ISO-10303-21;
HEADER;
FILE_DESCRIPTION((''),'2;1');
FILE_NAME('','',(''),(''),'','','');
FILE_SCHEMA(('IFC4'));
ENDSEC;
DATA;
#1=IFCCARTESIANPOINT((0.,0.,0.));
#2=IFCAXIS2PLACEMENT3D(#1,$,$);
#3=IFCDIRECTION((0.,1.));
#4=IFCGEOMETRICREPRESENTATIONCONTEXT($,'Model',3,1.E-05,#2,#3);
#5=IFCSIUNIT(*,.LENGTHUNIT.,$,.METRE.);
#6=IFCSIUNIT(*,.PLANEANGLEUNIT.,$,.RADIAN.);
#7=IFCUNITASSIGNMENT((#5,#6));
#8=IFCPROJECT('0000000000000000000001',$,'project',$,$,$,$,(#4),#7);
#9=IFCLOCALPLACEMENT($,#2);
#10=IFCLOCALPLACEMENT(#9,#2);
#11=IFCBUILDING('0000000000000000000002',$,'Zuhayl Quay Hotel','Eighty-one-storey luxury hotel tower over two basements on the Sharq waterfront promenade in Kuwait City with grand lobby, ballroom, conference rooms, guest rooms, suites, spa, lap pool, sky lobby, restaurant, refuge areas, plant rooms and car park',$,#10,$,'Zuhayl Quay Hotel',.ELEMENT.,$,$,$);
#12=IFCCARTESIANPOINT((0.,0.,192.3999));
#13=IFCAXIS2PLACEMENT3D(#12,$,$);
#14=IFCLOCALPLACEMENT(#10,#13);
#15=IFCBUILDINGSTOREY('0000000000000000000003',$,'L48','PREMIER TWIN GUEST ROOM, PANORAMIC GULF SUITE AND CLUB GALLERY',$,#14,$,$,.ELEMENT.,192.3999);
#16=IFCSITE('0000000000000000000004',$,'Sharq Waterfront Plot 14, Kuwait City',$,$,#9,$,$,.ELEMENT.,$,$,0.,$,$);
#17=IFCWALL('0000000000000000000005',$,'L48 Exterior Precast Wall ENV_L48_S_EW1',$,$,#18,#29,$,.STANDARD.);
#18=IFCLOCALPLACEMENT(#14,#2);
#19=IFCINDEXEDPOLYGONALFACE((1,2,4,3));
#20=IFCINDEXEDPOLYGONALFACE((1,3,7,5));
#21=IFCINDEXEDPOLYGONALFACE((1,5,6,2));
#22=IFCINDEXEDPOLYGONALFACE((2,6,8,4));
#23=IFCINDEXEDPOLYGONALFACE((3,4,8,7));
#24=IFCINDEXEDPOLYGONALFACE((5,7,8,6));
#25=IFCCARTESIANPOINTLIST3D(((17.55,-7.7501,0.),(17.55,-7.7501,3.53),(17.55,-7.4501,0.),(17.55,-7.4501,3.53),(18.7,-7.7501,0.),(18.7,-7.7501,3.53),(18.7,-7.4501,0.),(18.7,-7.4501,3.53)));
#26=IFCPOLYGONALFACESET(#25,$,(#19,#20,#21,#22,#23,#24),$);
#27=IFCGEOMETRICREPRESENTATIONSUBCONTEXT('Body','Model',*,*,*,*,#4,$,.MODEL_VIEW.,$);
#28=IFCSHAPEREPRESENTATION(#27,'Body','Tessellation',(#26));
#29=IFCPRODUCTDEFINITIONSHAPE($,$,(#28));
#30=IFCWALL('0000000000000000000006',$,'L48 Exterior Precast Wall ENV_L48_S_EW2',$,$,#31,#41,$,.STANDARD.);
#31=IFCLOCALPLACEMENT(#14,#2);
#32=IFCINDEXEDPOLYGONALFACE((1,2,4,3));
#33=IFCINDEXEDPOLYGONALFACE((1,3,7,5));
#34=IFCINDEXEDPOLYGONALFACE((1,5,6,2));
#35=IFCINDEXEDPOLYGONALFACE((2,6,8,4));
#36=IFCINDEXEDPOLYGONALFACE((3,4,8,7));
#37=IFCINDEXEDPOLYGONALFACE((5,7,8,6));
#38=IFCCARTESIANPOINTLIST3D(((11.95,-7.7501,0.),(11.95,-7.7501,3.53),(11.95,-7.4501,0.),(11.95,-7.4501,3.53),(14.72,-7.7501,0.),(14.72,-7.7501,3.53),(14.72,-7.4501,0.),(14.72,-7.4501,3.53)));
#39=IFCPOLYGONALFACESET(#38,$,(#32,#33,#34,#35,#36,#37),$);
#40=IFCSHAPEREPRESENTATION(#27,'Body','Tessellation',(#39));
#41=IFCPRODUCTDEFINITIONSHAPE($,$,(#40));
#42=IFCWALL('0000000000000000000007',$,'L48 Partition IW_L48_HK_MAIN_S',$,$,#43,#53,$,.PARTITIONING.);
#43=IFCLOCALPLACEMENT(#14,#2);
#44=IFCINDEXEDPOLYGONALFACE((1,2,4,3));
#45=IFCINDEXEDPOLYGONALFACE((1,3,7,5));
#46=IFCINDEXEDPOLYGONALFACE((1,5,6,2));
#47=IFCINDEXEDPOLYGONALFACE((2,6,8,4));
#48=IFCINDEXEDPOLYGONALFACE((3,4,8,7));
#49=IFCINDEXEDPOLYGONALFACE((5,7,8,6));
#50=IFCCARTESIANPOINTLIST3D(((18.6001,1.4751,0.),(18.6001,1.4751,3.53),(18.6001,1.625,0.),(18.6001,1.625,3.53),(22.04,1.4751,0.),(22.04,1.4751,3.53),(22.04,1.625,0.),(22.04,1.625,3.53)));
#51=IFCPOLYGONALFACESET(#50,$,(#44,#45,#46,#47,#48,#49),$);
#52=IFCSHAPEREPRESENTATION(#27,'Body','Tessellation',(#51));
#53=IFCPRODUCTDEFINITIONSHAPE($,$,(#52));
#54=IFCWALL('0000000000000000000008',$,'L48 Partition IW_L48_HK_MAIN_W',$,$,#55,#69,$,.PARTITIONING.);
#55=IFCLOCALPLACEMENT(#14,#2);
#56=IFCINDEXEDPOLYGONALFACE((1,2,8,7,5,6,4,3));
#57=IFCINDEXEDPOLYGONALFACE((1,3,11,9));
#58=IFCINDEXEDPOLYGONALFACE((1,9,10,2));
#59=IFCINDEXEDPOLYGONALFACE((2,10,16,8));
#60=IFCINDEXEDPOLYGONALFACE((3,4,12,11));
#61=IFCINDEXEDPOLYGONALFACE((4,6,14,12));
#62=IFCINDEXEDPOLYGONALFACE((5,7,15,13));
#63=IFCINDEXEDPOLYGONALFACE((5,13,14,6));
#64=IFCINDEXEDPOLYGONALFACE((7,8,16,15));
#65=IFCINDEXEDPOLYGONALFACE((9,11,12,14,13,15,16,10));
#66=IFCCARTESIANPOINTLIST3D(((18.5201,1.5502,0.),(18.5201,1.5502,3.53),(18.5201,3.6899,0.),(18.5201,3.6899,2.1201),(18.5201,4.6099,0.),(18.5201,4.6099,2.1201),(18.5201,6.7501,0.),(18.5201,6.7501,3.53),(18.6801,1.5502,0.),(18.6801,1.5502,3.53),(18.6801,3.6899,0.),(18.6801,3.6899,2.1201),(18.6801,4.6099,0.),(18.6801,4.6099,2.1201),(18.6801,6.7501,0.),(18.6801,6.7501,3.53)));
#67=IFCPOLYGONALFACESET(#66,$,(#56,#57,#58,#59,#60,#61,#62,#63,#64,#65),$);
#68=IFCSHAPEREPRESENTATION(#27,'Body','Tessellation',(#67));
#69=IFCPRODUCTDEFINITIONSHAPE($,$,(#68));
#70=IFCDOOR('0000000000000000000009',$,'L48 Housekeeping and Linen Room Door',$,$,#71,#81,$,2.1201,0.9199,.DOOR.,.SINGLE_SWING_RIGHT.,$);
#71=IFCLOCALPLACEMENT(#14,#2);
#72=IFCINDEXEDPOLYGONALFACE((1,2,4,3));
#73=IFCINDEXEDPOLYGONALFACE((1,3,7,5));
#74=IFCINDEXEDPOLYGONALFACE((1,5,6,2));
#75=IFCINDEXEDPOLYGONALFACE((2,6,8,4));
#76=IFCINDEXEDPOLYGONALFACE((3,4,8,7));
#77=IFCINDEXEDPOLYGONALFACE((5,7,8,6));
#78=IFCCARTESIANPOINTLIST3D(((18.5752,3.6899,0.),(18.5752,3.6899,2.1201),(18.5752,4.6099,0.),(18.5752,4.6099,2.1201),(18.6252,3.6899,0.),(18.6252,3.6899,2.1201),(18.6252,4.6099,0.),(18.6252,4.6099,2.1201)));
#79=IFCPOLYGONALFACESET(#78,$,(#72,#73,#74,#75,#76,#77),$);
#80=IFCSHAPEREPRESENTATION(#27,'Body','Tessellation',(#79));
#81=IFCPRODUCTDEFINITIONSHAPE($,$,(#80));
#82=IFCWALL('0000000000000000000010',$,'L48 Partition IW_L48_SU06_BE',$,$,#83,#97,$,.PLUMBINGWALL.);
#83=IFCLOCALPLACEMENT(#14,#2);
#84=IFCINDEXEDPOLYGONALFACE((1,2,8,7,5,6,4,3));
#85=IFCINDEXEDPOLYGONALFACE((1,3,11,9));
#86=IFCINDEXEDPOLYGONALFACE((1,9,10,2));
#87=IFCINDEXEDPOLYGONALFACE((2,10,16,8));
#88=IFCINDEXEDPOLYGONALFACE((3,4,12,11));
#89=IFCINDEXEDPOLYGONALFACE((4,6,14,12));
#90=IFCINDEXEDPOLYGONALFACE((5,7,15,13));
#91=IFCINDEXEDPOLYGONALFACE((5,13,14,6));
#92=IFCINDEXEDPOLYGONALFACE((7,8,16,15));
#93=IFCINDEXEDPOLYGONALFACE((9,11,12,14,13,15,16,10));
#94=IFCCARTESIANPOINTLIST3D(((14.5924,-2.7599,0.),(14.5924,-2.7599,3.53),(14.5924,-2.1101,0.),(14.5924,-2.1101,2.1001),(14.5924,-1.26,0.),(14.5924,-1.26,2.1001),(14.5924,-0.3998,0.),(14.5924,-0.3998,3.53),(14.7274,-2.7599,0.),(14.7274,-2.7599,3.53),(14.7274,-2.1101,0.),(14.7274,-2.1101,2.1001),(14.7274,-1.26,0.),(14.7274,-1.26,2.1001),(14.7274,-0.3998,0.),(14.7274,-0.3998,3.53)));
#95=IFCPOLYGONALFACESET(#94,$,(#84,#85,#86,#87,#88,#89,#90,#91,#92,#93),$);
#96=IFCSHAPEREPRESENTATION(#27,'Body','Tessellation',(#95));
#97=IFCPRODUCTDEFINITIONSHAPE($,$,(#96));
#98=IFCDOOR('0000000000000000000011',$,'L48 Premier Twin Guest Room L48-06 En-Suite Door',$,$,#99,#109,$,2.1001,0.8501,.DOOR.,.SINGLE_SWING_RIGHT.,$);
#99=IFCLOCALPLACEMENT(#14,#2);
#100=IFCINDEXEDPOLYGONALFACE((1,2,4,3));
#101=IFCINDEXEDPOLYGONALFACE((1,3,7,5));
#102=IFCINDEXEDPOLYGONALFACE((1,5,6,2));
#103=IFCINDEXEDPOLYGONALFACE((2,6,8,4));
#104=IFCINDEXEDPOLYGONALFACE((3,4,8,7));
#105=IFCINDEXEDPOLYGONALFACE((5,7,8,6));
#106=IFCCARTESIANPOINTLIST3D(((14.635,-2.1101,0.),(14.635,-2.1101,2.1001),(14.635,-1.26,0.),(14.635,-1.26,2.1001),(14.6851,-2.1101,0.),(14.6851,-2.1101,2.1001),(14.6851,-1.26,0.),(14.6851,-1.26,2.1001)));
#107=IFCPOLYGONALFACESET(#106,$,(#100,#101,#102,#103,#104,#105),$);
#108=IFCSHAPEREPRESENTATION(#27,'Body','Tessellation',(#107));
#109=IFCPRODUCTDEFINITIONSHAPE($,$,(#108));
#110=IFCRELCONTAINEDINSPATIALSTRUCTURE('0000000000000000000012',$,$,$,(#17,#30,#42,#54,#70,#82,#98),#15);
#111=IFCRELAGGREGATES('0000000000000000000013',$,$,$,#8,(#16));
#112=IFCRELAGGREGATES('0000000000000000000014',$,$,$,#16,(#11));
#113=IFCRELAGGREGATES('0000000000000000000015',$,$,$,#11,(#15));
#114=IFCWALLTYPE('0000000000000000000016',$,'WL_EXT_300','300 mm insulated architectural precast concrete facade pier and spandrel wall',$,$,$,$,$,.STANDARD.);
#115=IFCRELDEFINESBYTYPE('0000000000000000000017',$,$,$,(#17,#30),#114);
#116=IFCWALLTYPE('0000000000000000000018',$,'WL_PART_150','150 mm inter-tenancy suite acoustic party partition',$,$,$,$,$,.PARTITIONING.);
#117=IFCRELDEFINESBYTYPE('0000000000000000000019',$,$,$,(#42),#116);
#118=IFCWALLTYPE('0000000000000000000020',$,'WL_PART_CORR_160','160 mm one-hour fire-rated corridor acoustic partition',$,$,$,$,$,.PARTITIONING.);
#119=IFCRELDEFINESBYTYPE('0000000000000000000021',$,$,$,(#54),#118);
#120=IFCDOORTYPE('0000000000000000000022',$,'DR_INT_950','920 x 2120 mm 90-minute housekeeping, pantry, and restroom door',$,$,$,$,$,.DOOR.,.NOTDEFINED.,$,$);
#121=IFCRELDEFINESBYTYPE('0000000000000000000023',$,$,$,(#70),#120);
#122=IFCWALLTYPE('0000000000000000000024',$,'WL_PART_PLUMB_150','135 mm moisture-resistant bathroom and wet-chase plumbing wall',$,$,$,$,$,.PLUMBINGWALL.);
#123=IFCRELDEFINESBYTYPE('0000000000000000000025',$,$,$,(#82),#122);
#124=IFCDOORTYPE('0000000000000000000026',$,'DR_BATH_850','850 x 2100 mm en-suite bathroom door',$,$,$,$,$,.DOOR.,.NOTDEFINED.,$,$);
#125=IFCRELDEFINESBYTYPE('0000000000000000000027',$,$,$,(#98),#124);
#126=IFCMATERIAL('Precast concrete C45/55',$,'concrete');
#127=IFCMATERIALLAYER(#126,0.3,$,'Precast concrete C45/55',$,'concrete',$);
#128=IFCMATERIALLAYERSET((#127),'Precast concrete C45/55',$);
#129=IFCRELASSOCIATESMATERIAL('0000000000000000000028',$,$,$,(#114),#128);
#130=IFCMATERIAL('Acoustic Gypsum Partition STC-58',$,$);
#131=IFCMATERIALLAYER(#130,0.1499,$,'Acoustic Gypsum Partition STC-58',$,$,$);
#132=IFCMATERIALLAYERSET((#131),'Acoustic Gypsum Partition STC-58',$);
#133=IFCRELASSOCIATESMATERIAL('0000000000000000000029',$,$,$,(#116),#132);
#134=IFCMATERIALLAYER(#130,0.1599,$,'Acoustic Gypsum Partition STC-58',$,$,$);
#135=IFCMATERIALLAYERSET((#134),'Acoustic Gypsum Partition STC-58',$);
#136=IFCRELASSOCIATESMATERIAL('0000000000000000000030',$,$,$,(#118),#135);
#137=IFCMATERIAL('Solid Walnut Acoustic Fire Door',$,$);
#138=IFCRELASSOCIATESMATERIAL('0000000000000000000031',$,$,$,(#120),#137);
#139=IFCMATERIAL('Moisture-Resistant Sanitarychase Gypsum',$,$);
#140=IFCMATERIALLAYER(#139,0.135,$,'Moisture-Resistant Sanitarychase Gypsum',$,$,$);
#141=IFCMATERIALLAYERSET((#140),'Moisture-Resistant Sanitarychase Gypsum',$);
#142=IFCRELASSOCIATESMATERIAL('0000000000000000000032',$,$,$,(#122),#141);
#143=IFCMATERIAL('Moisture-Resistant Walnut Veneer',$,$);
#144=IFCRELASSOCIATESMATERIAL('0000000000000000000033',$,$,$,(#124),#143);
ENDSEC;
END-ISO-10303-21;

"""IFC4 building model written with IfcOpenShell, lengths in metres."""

from ifc_helpers import new_model, si_unit, direction, frame, frame_2d, origin, place, context, subcontext, project, spatial, rectangle, extrude, material, layer, layer_set, type_object, element, fill, save


model = new_model("IFC4")

# Units and contexts
model_context = context("Model", 3, precision=1e-05, world=origin(), true_north=direction((0.0, 1.0)))
body_context = subcontext(model_context, "Body", "Model", "MODEL_VIEW")
ifc_project = project(units=[si_unit("LENGTHUNIT", "METRE"), si_unit("PLANEANGLEUNIT", "RADIAN")], contexts=[model_context])

# Site, building, storey
site_placement = place(None, origin())
site = spatial("IfcSite", under=ifc_project, at=site_placement, Name="Sharq Waterfront Plot 14, Kuwait City", CompositionType="ELEMENT", RefElevation=0.0)
building_placement = place(site_placement, origin())
building = spatial("IfcBuilding", under=site, at=building_placement, Name="Zuhayl Quay Hotel", Description="Eighty-one-storey luxury hotel tower over two basements on the Sharq waterfront promenade in Kuwait City with grand lobby, ballroom, conference rooms, guest rooms, suites, spa, lap pool, sky lobby, restaurant, refuge areas, plant rooms and car park", LongName="Zuhayl Quay Hotel", CompositionType="ELEMENT")
storey_placement = place(building_placement, frame((0.0, 0.0, 192.3999)))
storey = spatial("IfcBuildingStorey", under=building, at=storey_placement, Name="L48", Description="PREMIER TWIN GUEST ROOM, PANORAMIC GULF SUITE AND CLUB GALLERY", CompositionType="ELEMENT", Elevation=192.3999)

# Shared definitions
ifc_material_1 = material(Name="Precast concrete C45/55", Category="concrete")
ifc_layer_1 = layer(ifc_material_1, 0.3, Name="Precast concrete C45/55", Category="concrete")
ifc_layer_set_1 = layer_set([ifc_layer_1], Name="Precast concrete C45/55")
wall_type_1 = type_object("IfcWallType", Name="WL_EXT_300", Description="300 mm insulated architectural precast concrete facade pier and spandrel wall", PredefinedType="STANDARD", material=ifc_layer_set_1)

# Walls
wall_1_placement = place(storey_placement, frame((18.7, -7.6001, 0.0), z_axis=(0.0, 0.0, 1.0), x_axis=(-1.0, 0.0, 0.0)))
element("IfcWall", 1, at=wall_1_placement, inside=storey, type_object=wall_type_1, Name="L48 Exterior Precast Wall ENV_L48_S_EW1", PredefinedType="STANDARD", context=body_context, shape_type="SweptSolid", body=[
    extrude(rectangle(XDim=1.1499, YDim=0.3, at=frame_2d((0.575, 0.0))), origin(), (0.0, 0.0, 1.0), 3.53),
])
wall_2_placement = place(storey_placement, frame((14.72, -7.6001, 0.0), z_axis=(0.0, 0.0, 1.0), x_axis=(-1.0, 0.0, 0.0)))
element("IfcWall", 2, at=wall_2_placement, inside=storey, type_object=wall_type_1, Name="L48 Exterior Precast Wall ENV_L48_S_EW2", PredefinedType="STANDARD", context=body_context, shape_type="SweptSolid", body=[
    extrude(rectangle(XDim=2.77, YDim=0.3, at=frame_2d((1.385, 0.0))), origin(), (0.0, 0.0, 1.0), 3.53),
])
ifc_material_2 = material(Name="Acoustic Gypsum Partition STC-58")
ifc_layer_2 = layer(ifc_material_2, 0.1499, Name="Acoustic Gypsum Partition STC-58")
ifc_layer_set_2 = layer_set([ifc_layer_2], Name="Acoustic Gypsum Partition STC-58")
wall_type_2 = type_object("IfcWallType", Name="WL_PART_150", Description="150 mm inter-tenancy suite acoustic party partition", PredefinedType="PARTITIONING", material=ifc_layer_set_2)
wall_3_placement = place(storey_placement, frame((18.6001, 1.55, 0.0), z_axis=(0.0, 0.0, 1.0), x_axis=(1.0, 0.0, 0.0)))
element("IfcWall", 3, at=wall_3_placement, inside=storey, type_object=wall_type_2, Name="L48 Partition IW_L48_HK_MAIN_S", PredefinedType="PARTITIONING", context=body_context, shape_type="SweptSolid", body=[
    extrude(rectangle(XDim=3.4399, YDim=0.1499, at=frame_2d((1.72, 0.0))), origin(), (0.0, 0.0, 1.0), 3.53),
])

# Walls, openings, doors
ifc_layer_3 = layer(ifc_material_2, 0.1599, Name="Acoustic Gypsum Partition STC-58")
ifc_layer_set_3 = layer_set([ifc_layer_3], Name="Acoustic Gypsum Partition STC-58")
wall_type_3 = type_object("IfcWallType", Name="WL_PART_CORR_160", Description="160 mm one-hour fire-rated corridor acoustic partition", PredefinedType="PARTITIONING", material=ifc_layer_set_3)
wall_4_placement = place(storey_placement, frame((18.6001, 1.55, 0.0), z_axis=(0.0, 0.0, 1.0), x_axis=(0.0, 1.0, 0.0)))
wall_4 = element("IfcWall", 4, at=wall_4_placement, inside=storey, type_object=wall_type_3, Name="L48 Partition IW_L48_HK_MAIN_W", PredefinedType="PARTITIONING", context=body_context, shape_type="SweptSolid", body=[
    extrude(rectangle(XDim=5.2, YDim=0.1599, at=frame_2d((2.6001, 0.0))), origin(), (0.0, 0.0, 1.0), 3.53),
])
opening_1_placement = place(wall_4_placement, frame((2.1399, 0.0, 0.0)))
opening_1 = element("IfcOpeningElement", 5, at=opening_1_placement, cuts=wall_4, PredefinedType="OPENING", context=body_context, shape_type="SweptSolid", body=[
    extrude(rectangle(XDim=0.9199, YDim=2.1201, at=frame_2d((0.46, 1.0601))), frame((0.0, 0.0898, 0.0), z_axis=(0.0, -1.0, 0.0), x_axis=(1.0, 0.0, 0.0)), (0.0, 0.0, 1.0), 0.1799),
])
ifc_material_3 = material(Name="Solid Walnut Acoustic Fire Door")
door_type_1 = type_object("IfcDoorType", Name="DR_INT_950", Description="920 x 2120 mm 90-minute housekeeping, pantry, and restroom door", OperationType="NOTDEFINED", PredefinedType="DOOR", material=ifc_material_3)
door_1_placement = place(opening_1_placement, origin())
door_1 = element("IfcDoor", 6, at=door_1_placement, inside=storey, type_object=door_type_1, Name="L48 Housekeeping and Linen Room Door", OperationType="SINGLE_SWING_RIGHT", OverallHeight=2.1201, OverallWidth=0.9199, PredefinedType="DOOR", context=body_context, shape_type="SweptSolid", body=[
    extrude(rectangle(XDim=0.9199, YDim=2.1201, at=frame_2d((0.46, 1.0601))), frame((0.0, 0.0249, 0.0), z_axis=(0.0, -1.0, 0.0), x_axis=(1.0, 0.0, 0.0)), (0.0, 0.0, 1.0), 0.05),
])
fill(opening_1, door_1)
ifc_material_4 = material(Name="Moisture-Resistant Sanitarychase Gypsum")
ifc_layer_4 = layer(ifc_material_4, 0.135, Name="Moisture-Resistant Sanitarychase Gypsum")
ifc_layer_set_4 = layer_set([ifc_layer_4], Name="Moisture-Resistant Sanitarychase Gypsum")
wall_type_4 = type_object("IfcWallType", Name="WL_PART_PLUMB_150", Description="135 mm moisture-resistant bathroom and wet-chase plumbing wall", PredefinedType="PLUMBINGWALL", material=ifc_layer_set_4)
wall_5_placement = place(storey_placement, frame((14.6599, -2.76, 0.0), z_axis=(0.0, 0.0, 1.0), x_axis=(0.0, 1.0, 0.0)))
wall_5 = element("IfcWall", 7, at=wall_5_placement, inside=storey, type_object=wall_type_4, Name="L48 Partition IW_L48_SU06_BE", PredefinedType="PLUMBINGWALL", context=body_context, shape_type="SweptSolid", body=[
    extrude(rectangle(XDim=2.3601, YDim=0.135, at=frame_2d((1.1802, 0.0))), origin(), (0.0, 0.0, 1.0), 3.53),
])
opening_2_placement = place(wall_5_placement, frame((0.6499, 0.0, 0.0)))
opening_2 = element("IfcOpeningElement", 8, at=opening_2_placement, cuts=wall_5, PredefinedType="OPENING", context=body_context, shape_type="SweptSolid", body=[
    extrude(rectangle(XDim=0.8501, YDim=2.1001, at=frame_2d((0.425, 1.05))), frame((0.0, 0.0774, 0.0), z_axis=(0.0, -1.0, 0.0), x_axis=(1.0, 0.0, 0.0)), (0.0, 0.0, 1.0), 0.155),
])
ifc_material_5 = material(Name="Moisture-Resistant Walnut Veneer")
door_type_2 = type_object("IfcDoorType", Name="DR_BATH_850", Description="850 x 2100 mm en-suite bathroom door", OperationType="NOTDEFINED", PredefinedType="DOOR", material=ifc_material_5)
door_2_placement = place(opening_2_placement, origin())
door_2 = element("IfcDoor", 9, at=door_2_placement, inside=storey, type_object=door_type_2, Name="L48 Premier Twin Guest Room L48-06 En-Suite Door", OperationType="SINGLE_SWING_RIGHT", OverallHeight=2.1001, OverallWidth=0.8501, PredefinedType="DOOR", context=body_context, shape_type="SweptSolid", body=[
    extrude(rectangle(XDim=0.8501, YDim=2.1001, at=frame_2d((0.425, 1.05))), frame((0.0, 0.0249, 0.0), z_axis=(0.0, -1.0, 0.0), x_axis=(1.0, 0.0, 0.0)), (0.0, 0.0, 1.0), 0.05),
])
fill(opening_2, door_2)

save(model, "model.ifc")
